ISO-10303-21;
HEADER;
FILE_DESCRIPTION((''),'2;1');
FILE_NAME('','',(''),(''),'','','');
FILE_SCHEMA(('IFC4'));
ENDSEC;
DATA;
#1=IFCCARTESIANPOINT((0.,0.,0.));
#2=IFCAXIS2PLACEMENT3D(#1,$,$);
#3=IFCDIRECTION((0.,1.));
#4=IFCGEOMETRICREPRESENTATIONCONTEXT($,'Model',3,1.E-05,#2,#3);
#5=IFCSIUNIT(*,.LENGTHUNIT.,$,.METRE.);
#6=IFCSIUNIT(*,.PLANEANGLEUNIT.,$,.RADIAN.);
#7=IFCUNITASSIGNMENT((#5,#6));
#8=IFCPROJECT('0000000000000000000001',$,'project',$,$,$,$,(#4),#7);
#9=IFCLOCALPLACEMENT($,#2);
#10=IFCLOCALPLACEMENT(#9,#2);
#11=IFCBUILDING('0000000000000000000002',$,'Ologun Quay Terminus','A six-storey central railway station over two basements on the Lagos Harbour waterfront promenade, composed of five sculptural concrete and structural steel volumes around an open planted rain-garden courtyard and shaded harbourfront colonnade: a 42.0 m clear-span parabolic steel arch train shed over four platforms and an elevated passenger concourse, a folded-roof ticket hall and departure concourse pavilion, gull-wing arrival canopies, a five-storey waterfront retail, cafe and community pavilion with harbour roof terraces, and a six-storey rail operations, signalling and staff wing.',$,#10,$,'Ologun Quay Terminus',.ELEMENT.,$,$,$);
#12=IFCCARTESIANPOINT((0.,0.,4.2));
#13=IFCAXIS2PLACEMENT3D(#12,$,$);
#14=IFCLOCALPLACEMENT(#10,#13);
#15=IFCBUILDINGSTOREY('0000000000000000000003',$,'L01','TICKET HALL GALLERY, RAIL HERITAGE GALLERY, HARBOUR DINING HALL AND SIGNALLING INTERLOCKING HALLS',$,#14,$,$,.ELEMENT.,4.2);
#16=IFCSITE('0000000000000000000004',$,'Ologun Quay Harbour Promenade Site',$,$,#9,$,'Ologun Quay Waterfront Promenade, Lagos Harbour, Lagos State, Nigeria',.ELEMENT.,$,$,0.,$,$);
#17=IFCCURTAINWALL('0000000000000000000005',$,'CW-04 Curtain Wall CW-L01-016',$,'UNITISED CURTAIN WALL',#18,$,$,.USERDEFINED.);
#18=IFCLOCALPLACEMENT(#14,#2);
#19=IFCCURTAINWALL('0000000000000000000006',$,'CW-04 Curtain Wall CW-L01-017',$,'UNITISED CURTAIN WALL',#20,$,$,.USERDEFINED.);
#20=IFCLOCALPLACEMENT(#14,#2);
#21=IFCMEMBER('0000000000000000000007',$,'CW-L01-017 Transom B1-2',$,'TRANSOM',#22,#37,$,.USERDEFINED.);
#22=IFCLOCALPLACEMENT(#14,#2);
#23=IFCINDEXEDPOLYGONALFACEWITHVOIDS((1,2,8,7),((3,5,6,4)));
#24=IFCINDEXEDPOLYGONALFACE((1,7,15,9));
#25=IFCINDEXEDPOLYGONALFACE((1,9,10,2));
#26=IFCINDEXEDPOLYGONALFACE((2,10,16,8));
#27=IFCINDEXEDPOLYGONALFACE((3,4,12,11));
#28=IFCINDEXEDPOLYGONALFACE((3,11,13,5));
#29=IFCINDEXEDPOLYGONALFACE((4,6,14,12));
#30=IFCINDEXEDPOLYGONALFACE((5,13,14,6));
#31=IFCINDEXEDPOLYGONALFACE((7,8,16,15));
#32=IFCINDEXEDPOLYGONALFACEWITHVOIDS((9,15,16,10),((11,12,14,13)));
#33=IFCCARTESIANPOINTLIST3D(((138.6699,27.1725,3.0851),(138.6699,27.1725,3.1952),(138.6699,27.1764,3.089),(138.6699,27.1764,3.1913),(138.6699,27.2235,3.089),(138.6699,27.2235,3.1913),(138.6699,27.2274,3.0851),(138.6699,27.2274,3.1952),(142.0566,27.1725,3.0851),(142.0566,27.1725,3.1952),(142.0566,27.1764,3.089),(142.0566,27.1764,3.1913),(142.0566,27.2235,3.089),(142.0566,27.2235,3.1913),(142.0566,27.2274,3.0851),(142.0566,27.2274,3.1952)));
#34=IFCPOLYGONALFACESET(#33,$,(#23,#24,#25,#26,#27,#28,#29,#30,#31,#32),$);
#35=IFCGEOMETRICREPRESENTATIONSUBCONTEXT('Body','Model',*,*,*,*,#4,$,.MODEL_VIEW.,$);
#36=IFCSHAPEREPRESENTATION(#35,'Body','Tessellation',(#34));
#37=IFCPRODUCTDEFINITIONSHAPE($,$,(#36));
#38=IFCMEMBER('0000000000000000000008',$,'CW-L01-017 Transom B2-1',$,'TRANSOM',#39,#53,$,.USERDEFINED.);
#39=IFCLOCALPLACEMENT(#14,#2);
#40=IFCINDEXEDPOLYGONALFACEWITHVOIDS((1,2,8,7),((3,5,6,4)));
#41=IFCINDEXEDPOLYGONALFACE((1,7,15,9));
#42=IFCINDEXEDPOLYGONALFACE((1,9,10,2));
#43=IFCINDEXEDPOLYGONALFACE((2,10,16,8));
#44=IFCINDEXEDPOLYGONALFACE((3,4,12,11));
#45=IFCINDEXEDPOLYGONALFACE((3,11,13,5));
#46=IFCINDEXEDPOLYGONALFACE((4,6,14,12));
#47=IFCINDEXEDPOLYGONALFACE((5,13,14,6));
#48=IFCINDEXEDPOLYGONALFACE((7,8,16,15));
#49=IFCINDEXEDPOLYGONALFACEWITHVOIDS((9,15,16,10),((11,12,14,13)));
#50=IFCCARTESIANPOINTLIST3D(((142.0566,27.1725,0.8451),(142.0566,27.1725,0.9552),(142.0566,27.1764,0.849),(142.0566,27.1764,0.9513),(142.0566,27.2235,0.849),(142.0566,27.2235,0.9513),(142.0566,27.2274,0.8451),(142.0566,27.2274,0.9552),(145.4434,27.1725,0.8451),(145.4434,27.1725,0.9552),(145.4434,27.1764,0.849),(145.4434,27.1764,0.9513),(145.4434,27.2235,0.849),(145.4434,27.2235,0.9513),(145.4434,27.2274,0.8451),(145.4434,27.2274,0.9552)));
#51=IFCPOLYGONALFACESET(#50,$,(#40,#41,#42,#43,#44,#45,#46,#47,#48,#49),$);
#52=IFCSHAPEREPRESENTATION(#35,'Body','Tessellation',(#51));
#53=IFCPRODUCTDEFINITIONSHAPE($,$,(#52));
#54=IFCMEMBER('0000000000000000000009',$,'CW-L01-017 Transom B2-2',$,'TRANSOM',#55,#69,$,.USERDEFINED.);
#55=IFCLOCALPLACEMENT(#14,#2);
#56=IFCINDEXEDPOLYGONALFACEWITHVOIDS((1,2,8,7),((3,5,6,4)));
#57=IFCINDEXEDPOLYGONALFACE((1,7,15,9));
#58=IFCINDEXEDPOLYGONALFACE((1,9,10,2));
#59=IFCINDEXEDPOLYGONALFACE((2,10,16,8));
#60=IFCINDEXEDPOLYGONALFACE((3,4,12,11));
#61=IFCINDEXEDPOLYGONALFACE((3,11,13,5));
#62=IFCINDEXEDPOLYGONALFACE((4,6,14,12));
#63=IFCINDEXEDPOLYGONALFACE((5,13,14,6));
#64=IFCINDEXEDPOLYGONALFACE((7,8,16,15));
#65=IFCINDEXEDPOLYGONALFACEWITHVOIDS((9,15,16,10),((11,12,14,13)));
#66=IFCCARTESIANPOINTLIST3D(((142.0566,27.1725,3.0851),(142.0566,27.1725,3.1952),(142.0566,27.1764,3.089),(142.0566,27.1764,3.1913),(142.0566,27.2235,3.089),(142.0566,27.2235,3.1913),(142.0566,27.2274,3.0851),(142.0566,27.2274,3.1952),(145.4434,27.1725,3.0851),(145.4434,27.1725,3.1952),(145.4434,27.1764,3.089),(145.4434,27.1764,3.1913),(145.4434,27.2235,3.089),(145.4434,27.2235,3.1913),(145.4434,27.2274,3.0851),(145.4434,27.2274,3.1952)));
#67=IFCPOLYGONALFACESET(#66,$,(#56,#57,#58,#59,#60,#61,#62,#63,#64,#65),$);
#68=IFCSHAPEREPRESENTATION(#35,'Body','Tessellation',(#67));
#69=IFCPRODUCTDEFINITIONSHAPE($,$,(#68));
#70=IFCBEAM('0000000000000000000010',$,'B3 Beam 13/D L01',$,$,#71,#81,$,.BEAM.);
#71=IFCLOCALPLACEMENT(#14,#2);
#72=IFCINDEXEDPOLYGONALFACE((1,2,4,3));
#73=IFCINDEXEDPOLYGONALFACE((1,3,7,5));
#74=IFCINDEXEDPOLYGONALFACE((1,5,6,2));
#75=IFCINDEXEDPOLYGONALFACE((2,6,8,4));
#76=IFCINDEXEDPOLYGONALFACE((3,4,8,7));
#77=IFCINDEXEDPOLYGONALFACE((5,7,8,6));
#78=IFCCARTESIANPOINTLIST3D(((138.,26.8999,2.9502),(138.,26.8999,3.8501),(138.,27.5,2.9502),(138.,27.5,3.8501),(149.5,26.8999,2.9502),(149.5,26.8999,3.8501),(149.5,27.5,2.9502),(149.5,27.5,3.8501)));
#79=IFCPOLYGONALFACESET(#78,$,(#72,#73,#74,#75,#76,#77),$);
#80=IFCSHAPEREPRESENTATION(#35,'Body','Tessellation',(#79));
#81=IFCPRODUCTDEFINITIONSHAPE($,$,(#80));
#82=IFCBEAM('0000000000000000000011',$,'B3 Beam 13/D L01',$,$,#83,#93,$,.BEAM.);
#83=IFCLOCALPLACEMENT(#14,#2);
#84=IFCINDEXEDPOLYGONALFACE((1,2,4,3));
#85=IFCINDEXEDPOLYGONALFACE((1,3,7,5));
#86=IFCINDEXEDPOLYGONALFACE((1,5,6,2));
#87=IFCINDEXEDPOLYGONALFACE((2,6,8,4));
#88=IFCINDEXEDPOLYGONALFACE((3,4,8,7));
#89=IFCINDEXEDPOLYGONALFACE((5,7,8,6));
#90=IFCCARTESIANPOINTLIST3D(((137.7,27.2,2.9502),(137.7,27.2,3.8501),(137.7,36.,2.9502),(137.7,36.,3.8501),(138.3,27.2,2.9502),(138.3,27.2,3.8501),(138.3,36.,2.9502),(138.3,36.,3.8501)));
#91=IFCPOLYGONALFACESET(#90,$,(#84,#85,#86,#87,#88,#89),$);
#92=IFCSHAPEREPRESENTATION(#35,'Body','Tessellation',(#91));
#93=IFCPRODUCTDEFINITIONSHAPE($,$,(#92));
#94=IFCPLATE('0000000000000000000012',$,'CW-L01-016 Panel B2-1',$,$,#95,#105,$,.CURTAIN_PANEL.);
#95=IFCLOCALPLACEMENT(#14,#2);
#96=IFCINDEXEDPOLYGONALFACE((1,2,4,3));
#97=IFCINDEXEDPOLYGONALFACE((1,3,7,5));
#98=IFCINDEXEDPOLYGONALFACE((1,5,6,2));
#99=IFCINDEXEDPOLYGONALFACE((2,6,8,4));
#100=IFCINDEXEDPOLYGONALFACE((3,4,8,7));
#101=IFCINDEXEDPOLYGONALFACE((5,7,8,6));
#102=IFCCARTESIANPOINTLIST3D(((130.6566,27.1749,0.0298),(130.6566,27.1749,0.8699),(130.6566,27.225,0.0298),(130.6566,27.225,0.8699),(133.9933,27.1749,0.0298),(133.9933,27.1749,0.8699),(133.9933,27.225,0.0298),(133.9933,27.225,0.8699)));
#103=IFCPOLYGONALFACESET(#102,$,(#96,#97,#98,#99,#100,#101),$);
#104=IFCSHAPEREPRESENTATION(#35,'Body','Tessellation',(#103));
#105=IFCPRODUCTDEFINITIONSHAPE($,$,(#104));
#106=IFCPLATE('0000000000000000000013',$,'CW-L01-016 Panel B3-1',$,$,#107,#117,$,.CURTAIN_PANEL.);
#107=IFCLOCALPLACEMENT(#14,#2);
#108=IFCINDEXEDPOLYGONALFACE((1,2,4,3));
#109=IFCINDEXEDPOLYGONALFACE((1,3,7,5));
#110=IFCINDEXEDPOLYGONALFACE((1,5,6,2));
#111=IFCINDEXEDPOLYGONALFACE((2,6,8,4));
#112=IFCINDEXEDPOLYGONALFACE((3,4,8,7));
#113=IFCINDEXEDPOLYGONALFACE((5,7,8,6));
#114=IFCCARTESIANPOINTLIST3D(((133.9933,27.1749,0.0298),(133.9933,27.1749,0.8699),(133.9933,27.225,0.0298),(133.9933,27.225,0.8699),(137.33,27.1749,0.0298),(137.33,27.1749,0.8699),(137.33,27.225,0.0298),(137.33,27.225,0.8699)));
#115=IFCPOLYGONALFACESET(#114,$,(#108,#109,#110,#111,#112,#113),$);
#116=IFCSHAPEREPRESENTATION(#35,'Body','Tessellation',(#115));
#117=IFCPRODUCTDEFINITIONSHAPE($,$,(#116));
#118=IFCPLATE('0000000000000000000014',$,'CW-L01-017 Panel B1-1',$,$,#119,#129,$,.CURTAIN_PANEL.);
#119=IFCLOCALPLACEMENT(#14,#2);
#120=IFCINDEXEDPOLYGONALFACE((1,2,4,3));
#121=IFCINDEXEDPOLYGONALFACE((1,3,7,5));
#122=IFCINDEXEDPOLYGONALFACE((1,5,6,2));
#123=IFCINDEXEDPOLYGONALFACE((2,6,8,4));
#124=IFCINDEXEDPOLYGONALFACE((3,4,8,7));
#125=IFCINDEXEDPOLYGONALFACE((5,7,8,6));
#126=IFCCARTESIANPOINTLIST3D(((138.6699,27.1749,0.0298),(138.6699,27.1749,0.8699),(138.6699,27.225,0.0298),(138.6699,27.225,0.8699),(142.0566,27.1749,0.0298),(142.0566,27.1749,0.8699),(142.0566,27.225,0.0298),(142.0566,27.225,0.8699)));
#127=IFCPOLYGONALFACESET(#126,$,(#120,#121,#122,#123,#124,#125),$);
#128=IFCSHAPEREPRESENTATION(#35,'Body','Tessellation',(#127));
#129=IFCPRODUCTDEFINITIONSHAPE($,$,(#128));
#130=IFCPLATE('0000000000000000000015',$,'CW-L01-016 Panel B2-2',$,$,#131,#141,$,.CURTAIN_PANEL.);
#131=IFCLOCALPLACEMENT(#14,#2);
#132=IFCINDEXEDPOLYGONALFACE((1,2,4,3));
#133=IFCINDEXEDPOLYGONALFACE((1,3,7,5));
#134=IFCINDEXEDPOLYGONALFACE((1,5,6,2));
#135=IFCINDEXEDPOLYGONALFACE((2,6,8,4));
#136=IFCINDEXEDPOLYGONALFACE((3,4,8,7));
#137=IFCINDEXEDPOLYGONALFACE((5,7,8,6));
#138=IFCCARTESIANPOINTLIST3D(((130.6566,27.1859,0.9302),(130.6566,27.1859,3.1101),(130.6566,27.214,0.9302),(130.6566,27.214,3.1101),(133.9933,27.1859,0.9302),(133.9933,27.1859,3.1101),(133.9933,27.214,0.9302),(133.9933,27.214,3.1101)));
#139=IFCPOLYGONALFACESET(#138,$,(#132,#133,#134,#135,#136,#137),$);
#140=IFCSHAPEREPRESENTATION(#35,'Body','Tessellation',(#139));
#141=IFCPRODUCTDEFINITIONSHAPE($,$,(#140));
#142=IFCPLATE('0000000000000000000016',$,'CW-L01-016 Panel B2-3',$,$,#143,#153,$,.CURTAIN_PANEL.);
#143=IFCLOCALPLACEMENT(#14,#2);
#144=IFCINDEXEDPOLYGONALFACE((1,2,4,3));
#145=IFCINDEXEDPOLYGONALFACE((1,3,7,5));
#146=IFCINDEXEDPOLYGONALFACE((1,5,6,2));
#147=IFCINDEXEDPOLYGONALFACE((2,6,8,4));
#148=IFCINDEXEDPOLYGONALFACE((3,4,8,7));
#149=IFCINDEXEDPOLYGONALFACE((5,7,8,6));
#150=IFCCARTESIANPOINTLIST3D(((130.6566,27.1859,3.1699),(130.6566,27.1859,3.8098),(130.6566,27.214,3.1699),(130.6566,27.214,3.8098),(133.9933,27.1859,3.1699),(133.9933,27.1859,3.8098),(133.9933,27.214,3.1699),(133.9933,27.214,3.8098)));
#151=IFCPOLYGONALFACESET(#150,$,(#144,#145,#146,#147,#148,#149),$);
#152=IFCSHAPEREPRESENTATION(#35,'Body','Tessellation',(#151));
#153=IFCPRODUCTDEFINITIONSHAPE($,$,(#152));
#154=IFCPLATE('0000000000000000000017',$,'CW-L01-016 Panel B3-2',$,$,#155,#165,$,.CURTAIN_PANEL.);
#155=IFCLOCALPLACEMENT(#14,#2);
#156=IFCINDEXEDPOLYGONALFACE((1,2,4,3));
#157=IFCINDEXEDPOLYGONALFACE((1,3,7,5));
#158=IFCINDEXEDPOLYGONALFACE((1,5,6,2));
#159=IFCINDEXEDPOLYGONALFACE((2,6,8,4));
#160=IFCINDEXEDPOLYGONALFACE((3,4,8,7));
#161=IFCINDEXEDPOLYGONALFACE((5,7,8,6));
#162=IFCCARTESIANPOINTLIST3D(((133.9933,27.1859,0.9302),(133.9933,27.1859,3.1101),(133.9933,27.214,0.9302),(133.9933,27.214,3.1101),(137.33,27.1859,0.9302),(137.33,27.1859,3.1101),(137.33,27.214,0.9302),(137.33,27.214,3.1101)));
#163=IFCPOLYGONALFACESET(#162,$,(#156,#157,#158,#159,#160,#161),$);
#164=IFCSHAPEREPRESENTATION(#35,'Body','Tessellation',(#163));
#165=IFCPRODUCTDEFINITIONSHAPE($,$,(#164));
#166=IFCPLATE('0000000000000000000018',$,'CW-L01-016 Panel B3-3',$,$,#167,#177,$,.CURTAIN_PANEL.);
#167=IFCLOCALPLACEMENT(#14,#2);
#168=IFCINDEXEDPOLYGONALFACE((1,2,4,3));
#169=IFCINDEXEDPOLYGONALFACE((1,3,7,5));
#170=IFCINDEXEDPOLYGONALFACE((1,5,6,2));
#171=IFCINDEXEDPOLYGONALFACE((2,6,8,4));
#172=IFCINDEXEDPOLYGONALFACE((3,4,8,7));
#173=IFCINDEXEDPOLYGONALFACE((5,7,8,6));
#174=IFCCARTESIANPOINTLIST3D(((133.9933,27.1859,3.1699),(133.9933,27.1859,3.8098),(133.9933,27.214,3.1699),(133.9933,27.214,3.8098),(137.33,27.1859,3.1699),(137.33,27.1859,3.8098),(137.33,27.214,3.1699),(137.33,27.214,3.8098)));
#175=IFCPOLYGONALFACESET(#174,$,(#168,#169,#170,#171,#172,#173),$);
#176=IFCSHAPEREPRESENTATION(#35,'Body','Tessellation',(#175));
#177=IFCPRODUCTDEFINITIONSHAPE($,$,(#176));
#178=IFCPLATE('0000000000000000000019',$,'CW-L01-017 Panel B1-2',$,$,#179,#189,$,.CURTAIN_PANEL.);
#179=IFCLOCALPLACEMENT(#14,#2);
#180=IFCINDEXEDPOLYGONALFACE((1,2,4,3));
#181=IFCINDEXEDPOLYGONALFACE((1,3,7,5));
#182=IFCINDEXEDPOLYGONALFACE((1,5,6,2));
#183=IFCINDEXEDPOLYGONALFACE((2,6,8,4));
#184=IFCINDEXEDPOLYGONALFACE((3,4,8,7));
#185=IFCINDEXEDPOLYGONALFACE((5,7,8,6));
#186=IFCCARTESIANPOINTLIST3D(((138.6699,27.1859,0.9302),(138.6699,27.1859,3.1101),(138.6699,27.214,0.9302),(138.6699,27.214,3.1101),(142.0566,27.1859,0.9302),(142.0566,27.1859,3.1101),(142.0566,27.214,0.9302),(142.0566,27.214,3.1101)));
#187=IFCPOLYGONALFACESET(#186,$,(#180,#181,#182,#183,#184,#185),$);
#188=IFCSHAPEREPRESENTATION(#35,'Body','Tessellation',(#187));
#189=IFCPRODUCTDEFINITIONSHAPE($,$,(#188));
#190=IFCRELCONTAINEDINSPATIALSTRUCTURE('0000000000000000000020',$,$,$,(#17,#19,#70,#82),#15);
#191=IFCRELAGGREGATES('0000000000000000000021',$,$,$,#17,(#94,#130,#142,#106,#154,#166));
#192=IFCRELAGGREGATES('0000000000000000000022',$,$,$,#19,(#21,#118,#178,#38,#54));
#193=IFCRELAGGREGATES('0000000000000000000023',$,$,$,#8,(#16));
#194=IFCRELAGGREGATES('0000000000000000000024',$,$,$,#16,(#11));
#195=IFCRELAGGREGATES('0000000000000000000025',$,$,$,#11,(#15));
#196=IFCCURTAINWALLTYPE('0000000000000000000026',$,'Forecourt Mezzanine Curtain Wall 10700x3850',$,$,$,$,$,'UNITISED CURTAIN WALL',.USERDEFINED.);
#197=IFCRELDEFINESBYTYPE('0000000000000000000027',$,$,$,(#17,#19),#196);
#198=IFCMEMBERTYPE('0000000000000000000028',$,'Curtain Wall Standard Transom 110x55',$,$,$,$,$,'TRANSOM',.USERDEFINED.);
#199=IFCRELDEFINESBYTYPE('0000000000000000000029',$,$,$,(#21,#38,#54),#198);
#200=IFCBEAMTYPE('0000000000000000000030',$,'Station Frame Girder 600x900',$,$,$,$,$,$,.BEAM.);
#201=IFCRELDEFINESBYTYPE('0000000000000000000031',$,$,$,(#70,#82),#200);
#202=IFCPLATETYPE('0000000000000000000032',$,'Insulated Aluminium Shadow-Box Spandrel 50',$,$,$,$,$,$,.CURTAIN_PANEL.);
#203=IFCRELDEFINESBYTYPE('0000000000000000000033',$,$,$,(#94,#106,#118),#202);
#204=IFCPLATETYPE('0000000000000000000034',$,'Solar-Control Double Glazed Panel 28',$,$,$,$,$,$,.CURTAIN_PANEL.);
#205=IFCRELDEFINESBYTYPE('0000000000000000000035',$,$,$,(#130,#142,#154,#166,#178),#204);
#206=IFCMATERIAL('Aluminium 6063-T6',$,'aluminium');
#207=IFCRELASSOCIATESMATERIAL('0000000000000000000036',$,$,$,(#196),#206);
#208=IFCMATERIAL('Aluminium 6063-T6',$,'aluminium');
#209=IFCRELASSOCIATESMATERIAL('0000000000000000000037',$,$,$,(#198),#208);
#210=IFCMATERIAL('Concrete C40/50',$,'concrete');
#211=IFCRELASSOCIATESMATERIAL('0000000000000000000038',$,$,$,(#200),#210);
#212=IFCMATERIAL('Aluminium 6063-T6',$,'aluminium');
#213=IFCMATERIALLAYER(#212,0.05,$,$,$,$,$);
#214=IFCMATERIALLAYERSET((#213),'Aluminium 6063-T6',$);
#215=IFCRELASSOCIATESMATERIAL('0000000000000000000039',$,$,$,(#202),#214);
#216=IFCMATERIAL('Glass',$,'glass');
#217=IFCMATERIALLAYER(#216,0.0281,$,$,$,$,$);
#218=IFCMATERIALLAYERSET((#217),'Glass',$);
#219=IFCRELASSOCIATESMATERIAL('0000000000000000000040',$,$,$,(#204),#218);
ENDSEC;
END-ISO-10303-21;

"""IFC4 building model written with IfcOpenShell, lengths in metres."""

from ifc_helpers import new_model, si_unit, direction, frame, origin, origin_2d, place, context, subcontext, project, spatial, rectangle, hollow_rectangle, extrude, material, layer, layer_set, material_profile, profile_set, type_object, element, aggregate, save


model = new_model("IFC4")

# Units and contexts
model_context = context("Model", 3, precision=1e-05, world=origin(), true_north=direction((0.0, 1.0)))
body_context = subcontext(model_context, "Body", "Model", "MODEL_VIEW")
ifc_project = project(units=[si_unit("LENGTHUNIT", "METRE"), si_unit("PLANEANGLEUNIT", "RADIAN")], contexts=[model_context])

# Site, building, storey
site_placement = place(None, origin())
site = spatial("IfcSite", under=ifc_project, at=site_placement, Name="Ologun Quay Harbour Promenade Site", LongName="Ologun Quay Waterfront Promenade, Lagos Harbour, Lagos State, Nigeria", CompositionType="ELEMENT", RefElevation=0.0)
building_placement = place(site_placement, origin())
building = spatial("IfcBuilding", under=site, at=building_placement, Name="Ologun Quay Terminus", Description="A six-storey central railway station over two basements on the Lagos Harbour waterfront promenade, composed of five sculptural concrete and structural steel volumes around an open planted rain-garden courtyard and shaded harbourfront colonnade: a 42.0 m clear-span parabolic steel arch train shed over four platforms and an elevated passenger concourse, a folded-roof ticket hall and departure concourse pavilion, gull-wing arrival canopies, a five-storey waterfront retail, cafe and community pavilion with harbour roof terraces, and a six-storey rail operations, signalling and staff wing.", LongName="Ologun Quay Terminus", CompositionType="ELEMENT")
storey_placement = place(building_placement, frame((0.0, 0.0, 4.2)))
storey = spatial("IfcBuildingStorey", under=building, at=storey_placement, Name="L01", Description="TICKET HALL GALLERY, RAIL HERITAGE GALLERY, HARBOUR DINING HALL AND SIGNALLING INTERLOCKING HALLS", CompositionType="ELEMENT", Elevation=4.2)

# Curtain walls
ifc_material_1 = material(Name="Aluminium 6063-T6", Category="aluminium")
curtain_wall_type = type_object("IfcCurtainWallType", Name="Forecourt Mezzanine Curtain Wall 10700x3850", ElementType="UNITISED CURTAIN WALL", PredefinedType="USERDEFINED", material=ifc_material_1)
curtain_wall_1_placement = place(storey_placement, origin())
curtain_wall_1 = element("IfcCurtainWall", 1, at=curtain_wall_1_placement, inside=storey, type_object=curtain_wall_type, Name="CW-04 Curtain Wall CW-L01-016", ObjectType="UNITISED CURTAIN WALL", PredefinedType="USERDEFINED")
curtain_wall_2_placement = place(storey_placement, origin())
curtain_wall_2 = element("IfcCurtainWall", 2, at=curtain_wall_2_placement, inside=storey, type_object=curtain_wall_type, Name="CW-04 Curtain Wall CW-L01-017", ObjectType="UNITISED CURTAIN WALL", PredefinedType="USERDEFINED")

# Members
ifc_material_2 = material(Name="Aluminium 6063-T6", Category="aluminium")
ifc_material_profile_1 = material_profile(ifc_material_2, hollow_rectangle(XDim=0.0549, YDim=0.1101, WallThickness=0.0039, at=origin_2d()), Name="ALU 110x55x4")
ifc_profile_set_1 = profile_set([ifc_material_profile_1], Name="Aluminium 6063-T6")
member_type_1 = type_object("IfcMemberType", Name="Curtain Wall Standard Transom 110x55", ElementType="TRANSOM", PredefinedType="USERDEFINED", material=ifc_profile_set_1)
member_1_placement = place(storey_placement, frame((138.6699, 27.2, 3.1401), z_axis=(1.0, 0.0, 0.0), x_axis=(0.0, 1.0, 0.0)))
member_1 = element("IfcMember", 3, at=member_1_placement, type_object=member_type_1, Name="CW-L01-017 Transom B1-2", ObjectType="TRANSOM", PredefinedType="USERDEFINED", context=body_context, shape_type="SweptSolid", body=[
    extrude(hollow_rectangle(XDim=0.0549, YDim=0.1101, WallThickness=0.0039, at=origin_2d()), origin(), (0.0, 0.0, 1.0), 3.3867),
])
member_2_placement = place(storey_placement, frame((142.0566, 27.2, 0.9001), z_axis=(1.0, 0.0, 0.0), x_axis=(0.0, 1.0, 0.0)))
member_2 = element("IfcMember", 4, at=member_2_placement, type_object=member_type_1, Name="CW-L01-017 Transom B2-1", ObjectType="TRANSOM", PredefinedType="USERDEFINED", context=body_context, shape_type="SweptSolid", body=[
    extrude(hollow_rectangle(XDim=0.0549, YDim=0.1101, WallThickness=0.0039, at=origin_2d()), origin(), (0.0, 0.0, 1.0), 3.3867),
])
member_3_placement = place(storey_placement, frame((142.0566, 27.2, 3.1401), z_axis=(1.0, 0.0, 0.0), x_axis=(0.0, 1.0, 0.0)))
member_3 = element("IfcMember", 5, at=member_3_placement, type_object=member_type_1, Name="CW-L01-017 Transom B2-2", ObjectType="TRANSOM", PredefinedType="USERDEFINED", context=body_context, shape_type="SweptSolid", body=[
    extrude(hollow_rectangle(XDim=0.0549, YDim=0.1101, WallThickness=0.0039, at=origin_2d()), origin(), (0.0, 0.0, 1.0), 3.3867),
])

# Beams
ifc_material_3 = material(Name="Concrete C40/50", Category="concrete")
ifc_material_profile_2 = material_profile(ifc_material_3, rectangle(XDim=0.6001, YDim=0.8999, at=origin_2d()), Name="RC 600x900")
ifc_profile_set_2 = profile_set([ifc_material_profile_2], Name="Concrete C40/50")
beam_type = type_object("IfcBeamType", Name="Station Frame Girder 600x900", PredefinedType="BEAM", material=ifc_profile_set_2)
beam_1_placement = place(storey_placement, frame((138.0, 27.2, 3.4001), z_axis=(1.0, 0.0, 0.0), x_axis=(0.0, 1.0, 0.0)))
element("IfcBeam", 6, at=beam_1_placement, inside=storey, type_object=beam_type, Name="B3 Beam 13/D L01", PredefinedType="BEAM", context=body_context, shape_type="SweptSolid", body=[
    extrude(rectangle(XDim=0.6001, YDim=0.8999, at=origin_2d()), origin(), (0.0, 0.0, 1.0), 11.5),
])
beam_2_placement = place(storey_placement, frame((138.0, 27.2, 3.4001), z_axis=(0.0, 1.0, 0.0), x_axis=(-1.0, 0.0, 0.0)))
element("IfcBeam", 7, at=beam_2_placement, inside=storey, type_object=beam_type, Name="B3 Beam 13/D L01", PredefinedType="BEAM", context=body_context, shape_type="SweptSolid", body=[
    extrude(rectangle(XDim=0.6001, YDim=0.8999, at=origin_2d()), origin(), (0.0, 0.0, 1.0), 8.8),
])

# Plates
ifc_material_4 = material(Name="Aluminium 6063-T6", Category="aluminium")
ifc_layer_1 = layer(ifc_material_4, 0.05)
ifc_layer_set_1 = layer_set([ifc_layer_1], Name="Aluminium 6063-T6")
plate_type_1 = type_object("IfcPlateType", Name="Insulated Aluminium Shadow-Box Spandrel 50", PredefinedType="CURTAIN_PANEL", material=ifc_layer_set_1)
plate_1_placement = place(storey_placement, frame((132.325, 27.2, 0.0298), z_axis=(0.0, 0.0, 1.0), x_axis=(1.0, 0.0, 0.0)))
plate_1 = element("IfcPlate", 8, at=plate_1_placement, type_object=plate_type_1, Name="CW-L01-016 Panel B2-1", PredefinedType="CURTAIN_PANEL", context=body_context, shape_type="SweptSolid", body=[
    extrude(rectangle(XDim=3.3367, YDim=0.05, at=origin_2d()), origin(), (0.0, 0.0, 1.0), 0.8401),
])
plate_2_placement = place(storey_placement, frame((135.6616, 27.2, 0.0298), z_axis=(0.0, 0.0, 1.0), x_axis=(1.0, 0.0, 0.0)))
plate_2 = element("IfcPlate", 9, at=plate_2_placement, type_object=plate_type_1, Name="CW-L01-016 Panel B3-1", PredefinedType="CURTAIN_PANEL", context=body_context, shape_type="SweptSolid", body=[
    extrude(rectangle(XDim=3.3367, YDim=0.05, at=origin_2d()), origin(), (0.0, 0.0, 1.0), 0.8401),
])
plate_3_placement = place(storey_placement, frame((140.3633, 27.2, 0.0298), z_axis=(0.0, 0.0, 1.0), x_axis=(1.0, 0.0, 0.0)))
plate_3 = element("IfcPlate", 10, at=plate_3_placement, type_object=plate_type_1, Name="CW-L01-017 Panel B1-1", PredefinedType="CURTAIN_PANEL", context=body_context, shape_type="SweptSolid", body=[
    extrude(rectangle(XDim=3.3867, YDim=0.05, at=origin_2d()), origin(), (0.0, 0.0, 1.0), 0.8401),
])
ifc_material_5 = material(Name="Glass", Category="glass")
ifc_layer_2 = layer(ifc_material_5, 0.0281)
ifc_layer_set_2 = layer_set([ifc_layer_2], Name="Glass")
plate_type_2 = type_object("IfcPlateType", Name="Solar-Control Double Glazed Panel 28", PredefinedType="CURTAIN_PANEL", material=ifc_layer_set_2)
plate_4_placement = place(storey_placement, frame((132.325, 27.2, 0.9302), z_axis=(0.0, 0.0, 1.0), x_axis=(1.0, 0.0, 0.0)))
plate_4 = element("IfcPlate", 11, at=plate_4_placement, type_object=plate_type_2, Name="CW-L01-016 Panel B2-2", PredefinedType="CURTAIN_PANEL", context=body_context, shape_type="SweptSolid", body=[
    extrude(rectangle(XDim=3.3367, YDim=0.0281, at=origin_2d()), origin(), (0.0, 0.0, 1.0), 2.1799),
])
plate_5_placement = place(storey_placement, frame((132.325, 27.2, 3.1699), z_axis=(0.0, 0.0, 1.0), x_axis=(1.0, 0.0, 0.0)))
plate_5 = element("IfcPlate", 12, at=plate_5_placement, type_object=plate_type_2, Name="CW-L01-016 Panel B2-3", PredefinedType="CURTAIN_PANEL", context=body_context, shape_type="SweptSolid", body=[
    extrude(rectangle(XDim=3.3367, YDim=0.0281, at=origin_2d()), origin(), (0.0, 0.0, 1.0), 0.6399),
])
plate_6_placement = place(storey_placement, frame((135.6616, 27.2, 0.9302), z_axis=(0.0, 0.0, 1.0), x_axis=(1.0, 0.0, 0.0)))
plate_6 = element("IfcPlate", 13, at=plate_6_placement, type_object=plate_type_2, Name="CW-L01-016 Panel B3-2", PredefinedType="CURTAIN_PANEL", context=body_context, shape_type="SweptSolid", body=[
    extrude(rectangle(XDim=3.3367, YDim=0.0281, at=origin_2d()), origin(), (0.0, 0.0, 1.0), 2.1799),
])
plate_7_placement = place(storey_placement, frame((135.6616, 27.2, 3.1699), z_axis=(0.0, 0.0, 1.0), x_axis=(1.0, 0.0, 0.0)))
plate_7 = element("IfcPlate", 14, at=plate_7_placement, type_object=plate_type_2, Name="CW-L01-016 Panel B3-3", PredefinedType="CURTAIN_PANEL", context=body_context, shape_type="SweptSolid", body=[
    extrude(rectangle(XDim=3.3367, YDim=0.0281, at=origin_2d()), origin(), (0.0, 0.0, 1.0), 0.6399),
])
aggregate(curtain_wall_1, [plate_1, plate_4, plate_5, plate_2, plate_6, plate_7])
plate_8_placement = place(storey_placement, frame((140.3633, 27.2, 0.9302), z_axis=(0.0, 0.0, 1.0), x_axis=(1.0, 0.0, 0.0)))
plate_8 = element("IfcPlate", 15, at=plate_8_placement, type_object=plate_type_2, Name="CW-L01-017 Panel B1-2", PredefinedType="CURTAIN_PANEL", context=body_context, shape_type="SweptSolid", body=[
    extrude(rectangle(XDim=3.3867, YDim=0.0281, at=origin_2d()), origin(), (0.0, 0.0, 1.0), 2.1799),
])
aggregate(curtain_wall_2, [member_1, plate_3, plate_8, member_2, member_3])

save(model, "model.ifc")
